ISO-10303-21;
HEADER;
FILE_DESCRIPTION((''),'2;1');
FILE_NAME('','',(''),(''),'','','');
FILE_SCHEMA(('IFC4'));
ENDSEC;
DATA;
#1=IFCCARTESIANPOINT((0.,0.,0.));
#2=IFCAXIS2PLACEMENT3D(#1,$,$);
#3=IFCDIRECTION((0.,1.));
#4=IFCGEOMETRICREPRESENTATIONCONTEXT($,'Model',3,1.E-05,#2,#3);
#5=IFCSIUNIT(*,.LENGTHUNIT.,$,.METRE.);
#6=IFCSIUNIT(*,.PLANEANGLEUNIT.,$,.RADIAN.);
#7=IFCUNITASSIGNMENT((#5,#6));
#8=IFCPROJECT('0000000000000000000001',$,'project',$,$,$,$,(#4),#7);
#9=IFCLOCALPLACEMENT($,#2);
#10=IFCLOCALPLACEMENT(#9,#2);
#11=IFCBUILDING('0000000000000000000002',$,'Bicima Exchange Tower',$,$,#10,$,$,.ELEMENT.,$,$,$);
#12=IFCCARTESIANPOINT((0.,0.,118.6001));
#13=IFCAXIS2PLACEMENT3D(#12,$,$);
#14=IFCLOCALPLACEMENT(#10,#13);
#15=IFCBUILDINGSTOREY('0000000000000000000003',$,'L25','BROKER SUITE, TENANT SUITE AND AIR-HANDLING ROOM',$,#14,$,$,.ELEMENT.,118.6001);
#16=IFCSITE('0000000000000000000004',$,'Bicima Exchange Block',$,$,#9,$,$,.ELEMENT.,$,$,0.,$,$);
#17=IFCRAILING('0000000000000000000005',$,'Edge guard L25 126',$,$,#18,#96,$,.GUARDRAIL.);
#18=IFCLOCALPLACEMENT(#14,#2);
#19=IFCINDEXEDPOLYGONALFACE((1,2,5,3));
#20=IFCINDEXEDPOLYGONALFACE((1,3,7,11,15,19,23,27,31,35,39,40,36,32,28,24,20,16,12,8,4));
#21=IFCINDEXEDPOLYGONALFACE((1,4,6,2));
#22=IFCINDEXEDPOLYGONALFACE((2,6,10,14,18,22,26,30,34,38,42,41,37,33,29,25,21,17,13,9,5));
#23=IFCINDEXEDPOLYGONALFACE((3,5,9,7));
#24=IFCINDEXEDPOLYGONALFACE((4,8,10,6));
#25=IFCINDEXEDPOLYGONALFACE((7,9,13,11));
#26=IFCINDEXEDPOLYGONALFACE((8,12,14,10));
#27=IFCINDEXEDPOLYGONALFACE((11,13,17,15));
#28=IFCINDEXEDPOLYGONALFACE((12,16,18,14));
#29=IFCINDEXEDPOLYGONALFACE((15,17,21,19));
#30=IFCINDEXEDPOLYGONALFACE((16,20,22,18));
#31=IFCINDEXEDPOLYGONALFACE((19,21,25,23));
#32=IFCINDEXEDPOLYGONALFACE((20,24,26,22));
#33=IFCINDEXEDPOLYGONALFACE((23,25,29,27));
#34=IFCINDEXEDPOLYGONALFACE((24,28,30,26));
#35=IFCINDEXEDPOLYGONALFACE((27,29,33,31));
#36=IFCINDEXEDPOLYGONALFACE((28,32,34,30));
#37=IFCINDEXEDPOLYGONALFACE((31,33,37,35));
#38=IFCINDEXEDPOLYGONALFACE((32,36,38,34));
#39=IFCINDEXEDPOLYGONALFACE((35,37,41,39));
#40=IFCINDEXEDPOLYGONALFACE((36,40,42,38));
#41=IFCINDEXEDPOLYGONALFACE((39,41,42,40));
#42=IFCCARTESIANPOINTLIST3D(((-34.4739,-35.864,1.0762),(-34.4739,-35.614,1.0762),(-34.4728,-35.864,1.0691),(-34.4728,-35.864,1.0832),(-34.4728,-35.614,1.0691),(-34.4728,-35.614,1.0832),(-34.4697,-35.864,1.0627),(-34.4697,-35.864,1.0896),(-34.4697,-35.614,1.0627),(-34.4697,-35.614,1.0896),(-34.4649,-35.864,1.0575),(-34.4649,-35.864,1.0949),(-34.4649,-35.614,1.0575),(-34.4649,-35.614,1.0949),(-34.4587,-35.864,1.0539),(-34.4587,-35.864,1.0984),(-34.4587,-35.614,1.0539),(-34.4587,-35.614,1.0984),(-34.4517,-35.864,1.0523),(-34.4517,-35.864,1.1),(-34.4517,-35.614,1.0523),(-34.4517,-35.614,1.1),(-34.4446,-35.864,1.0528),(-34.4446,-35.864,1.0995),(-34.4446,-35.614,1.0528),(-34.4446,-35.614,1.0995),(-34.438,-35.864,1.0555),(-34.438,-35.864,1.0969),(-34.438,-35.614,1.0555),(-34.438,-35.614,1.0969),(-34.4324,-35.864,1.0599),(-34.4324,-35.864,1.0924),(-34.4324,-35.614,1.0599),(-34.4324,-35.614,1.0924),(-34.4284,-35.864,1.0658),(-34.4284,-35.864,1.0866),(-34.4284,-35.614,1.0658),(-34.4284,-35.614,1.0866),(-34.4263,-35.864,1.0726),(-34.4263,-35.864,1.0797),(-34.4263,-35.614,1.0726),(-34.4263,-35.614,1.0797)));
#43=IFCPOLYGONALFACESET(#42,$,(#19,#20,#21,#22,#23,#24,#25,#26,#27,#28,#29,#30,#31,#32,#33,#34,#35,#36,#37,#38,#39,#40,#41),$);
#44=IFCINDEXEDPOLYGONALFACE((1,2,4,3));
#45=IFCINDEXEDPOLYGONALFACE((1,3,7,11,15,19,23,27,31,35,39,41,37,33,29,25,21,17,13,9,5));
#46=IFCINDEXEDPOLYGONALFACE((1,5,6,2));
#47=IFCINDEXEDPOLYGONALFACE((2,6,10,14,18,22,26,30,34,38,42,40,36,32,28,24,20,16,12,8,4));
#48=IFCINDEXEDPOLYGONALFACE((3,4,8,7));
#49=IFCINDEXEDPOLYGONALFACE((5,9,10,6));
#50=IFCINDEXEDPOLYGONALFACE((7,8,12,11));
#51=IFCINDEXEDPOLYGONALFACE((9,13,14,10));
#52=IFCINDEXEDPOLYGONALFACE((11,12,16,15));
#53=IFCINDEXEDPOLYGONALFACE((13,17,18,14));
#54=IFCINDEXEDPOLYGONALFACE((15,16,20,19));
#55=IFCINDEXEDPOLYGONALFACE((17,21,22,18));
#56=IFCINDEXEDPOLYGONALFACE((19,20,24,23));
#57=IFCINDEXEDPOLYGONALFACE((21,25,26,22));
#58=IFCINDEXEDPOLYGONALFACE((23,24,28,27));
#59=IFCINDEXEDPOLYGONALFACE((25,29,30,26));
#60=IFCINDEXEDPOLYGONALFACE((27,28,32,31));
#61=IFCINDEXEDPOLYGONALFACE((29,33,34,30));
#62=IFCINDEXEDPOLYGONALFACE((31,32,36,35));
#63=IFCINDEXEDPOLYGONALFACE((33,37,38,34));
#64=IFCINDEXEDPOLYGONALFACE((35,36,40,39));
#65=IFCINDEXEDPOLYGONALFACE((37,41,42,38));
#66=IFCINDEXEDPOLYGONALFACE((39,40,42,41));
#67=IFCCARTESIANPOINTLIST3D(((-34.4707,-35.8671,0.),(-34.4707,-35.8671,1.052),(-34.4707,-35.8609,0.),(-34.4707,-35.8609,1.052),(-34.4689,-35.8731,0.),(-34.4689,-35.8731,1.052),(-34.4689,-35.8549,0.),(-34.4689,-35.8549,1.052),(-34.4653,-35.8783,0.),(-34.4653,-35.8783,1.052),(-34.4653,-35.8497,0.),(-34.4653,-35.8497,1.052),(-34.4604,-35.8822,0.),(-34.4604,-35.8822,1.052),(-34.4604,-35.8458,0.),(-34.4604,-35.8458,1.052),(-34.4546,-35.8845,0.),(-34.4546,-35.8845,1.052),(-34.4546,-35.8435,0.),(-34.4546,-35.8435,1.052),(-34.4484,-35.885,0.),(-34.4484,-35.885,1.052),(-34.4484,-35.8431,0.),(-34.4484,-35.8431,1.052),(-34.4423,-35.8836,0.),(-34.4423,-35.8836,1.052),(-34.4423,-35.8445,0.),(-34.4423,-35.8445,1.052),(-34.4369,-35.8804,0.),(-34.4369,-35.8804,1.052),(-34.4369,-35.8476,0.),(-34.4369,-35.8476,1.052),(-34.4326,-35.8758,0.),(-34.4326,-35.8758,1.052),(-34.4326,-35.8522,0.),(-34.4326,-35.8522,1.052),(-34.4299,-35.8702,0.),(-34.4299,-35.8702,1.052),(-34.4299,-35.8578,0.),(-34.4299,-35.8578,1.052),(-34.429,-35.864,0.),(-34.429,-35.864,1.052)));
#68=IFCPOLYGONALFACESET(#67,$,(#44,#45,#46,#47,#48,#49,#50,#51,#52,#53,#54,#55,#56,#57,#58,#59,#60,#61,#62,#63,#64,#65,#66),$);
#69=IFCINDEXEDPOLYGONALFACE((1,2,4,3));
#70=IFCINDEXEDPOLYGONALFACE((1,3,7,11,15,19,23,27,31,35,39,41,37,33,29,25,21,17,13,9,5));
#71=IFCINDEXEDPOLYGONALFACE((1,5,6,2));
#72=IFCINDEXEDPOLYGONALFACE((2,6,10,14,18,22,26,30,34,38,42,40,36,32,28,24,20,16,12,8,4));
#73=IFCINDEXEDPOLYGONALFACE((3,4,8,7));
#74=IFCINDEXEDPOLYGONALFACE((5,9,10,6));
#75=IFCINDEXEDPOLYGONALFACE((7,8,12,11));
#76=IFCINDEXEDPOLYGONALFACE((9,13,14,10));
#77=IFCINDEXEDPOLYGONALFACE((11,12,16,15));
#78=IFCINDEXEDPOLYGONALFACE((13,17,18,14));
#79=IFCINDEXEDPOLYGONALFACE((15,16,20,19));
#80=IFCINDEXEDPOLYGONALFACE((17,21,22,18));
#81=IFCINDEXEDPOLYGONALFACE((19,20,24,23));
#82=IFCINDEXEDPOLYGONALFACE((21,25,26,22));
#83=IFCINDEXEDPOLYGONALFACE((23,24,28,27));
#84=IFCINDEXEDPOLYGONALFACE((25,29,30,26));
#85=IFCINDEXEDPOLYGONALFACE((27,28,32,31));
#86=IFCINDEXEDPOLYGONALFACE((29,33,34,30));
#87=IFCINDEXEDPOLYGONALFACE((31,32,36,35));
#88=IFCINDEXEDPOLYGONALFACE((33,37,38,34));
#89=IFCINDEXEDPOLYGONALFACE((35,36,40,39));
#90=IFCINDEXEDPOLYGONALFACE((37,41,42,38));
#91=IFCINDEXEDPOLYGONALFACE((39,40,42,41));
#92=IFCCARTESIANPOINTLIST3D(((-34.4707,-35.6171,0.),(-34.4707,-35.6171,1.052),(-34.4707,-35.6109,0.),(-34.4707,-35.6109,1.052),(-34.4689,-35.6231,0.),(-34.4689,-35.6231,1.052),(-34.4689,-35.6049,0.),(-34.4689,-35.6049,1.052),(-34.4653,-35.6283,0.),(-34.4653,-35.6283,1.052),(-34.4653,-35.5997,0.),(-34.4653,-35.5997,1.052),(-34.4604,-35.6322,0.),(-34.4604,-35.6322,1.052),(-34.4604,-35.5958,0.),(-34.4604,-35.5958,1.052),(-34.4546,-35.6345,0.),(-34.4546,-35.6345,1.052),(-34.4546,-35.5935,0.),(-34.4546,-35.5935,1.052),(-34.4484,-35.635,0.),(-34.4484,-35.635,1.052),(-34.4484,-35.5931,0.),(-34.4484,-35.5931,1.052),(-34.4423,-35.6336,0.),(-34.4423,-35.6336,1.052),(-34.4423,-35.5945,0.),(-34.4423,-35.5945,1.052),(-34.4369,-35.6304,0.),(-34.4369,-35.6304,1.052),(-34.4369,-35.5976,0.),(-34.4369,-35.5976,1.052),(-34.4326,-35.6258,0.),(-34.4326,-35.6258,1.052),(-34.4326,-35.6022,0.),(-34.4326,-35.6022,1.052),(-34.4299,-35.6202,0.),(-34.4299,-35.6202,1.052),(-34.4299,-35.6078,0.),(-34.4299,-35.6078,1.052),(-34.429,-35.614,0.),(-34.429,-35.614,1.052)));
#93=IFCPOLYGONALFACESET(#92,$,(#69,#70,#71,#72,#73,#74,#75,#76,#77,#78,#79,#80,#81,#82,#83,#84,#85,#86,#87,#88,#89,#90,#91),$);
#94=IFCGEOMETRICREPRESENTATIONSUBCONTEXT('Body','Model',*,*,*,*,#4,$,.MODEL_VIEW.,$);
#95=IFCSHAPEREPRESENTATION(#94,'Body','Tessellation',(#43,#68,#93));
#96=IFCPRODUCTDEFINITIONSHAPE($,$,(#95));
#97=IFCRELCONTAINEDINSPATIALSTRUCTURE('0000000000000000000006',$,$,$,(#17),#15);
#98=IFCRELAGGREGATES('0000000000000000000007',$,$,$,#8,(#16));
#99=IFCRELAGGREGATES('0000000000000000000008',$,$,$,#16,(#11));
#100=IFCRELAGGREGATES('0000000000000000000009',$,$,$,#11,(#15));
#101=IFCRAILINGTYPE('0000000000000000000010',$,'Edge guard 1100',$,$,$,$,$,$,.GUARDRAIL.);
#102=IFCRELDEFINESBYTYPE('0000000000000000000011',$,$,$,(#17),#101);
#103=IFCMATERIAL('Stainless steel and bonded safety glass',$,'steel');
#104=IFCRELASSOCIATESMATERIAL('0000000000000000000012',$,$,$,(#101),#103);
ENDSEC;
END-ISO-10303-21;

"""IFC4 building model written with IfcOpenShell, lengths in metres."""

from ifc_helpers import new_model, si_unit, direction, frame, origin, origin_2d, place, context, subcontext, project, spatial, circle, extrude, material, type_object, element, save


model = new_model("IFC4")

# Units and contexts
model_context = context("Model", 3, precision=1e-05, world=origin(), true_north=direction((0.0, 1.0)))
body_context = subcontext(model_context, "Body", "Model", "MODEL_VIEW")
ifc_project = project(units=[si_unit("LENGTHUNIT", "METRE"), si_unit("PLANEANGLEUNIT", "RADIAN")], contexts=[model_context])

# Site, building, storey
site_placement = place(None, origin())
site = spatial("IfcSite", under=ifc_project, at=site_placement, Name="Bicima Exchange Block", CompositionType="ELEMENT", RefElevation=0.0)
building_placement = place(site_placement, origin())
building = spatial("IfcBuilding", under=site, at=building_placement, Name="Bicima Exchange Tower", CompositionType="ELEMENT")
storey_placement = place(building_placement, frame((0.0, 0.0, 118.6001)))
storey = spatial("IfcBuildingStorey", under=building, at=storey_placement, Name="L25", Description="BROKER SUITE, TENANT SUITE AND AIR-HANDLING ROOM", CompositionType="ELEMENT", Elevation=118.6001)

# Railing
ifc_material_1 = material(Name="Stainless steel and bonded safety glass", Category="steel")
railing_type = type_object("IfcRailingType", Name="Edge guard 1100", PredefinedType="GUARDRAIL", material=ifc_material_1)
railing_1_placement = place(storey_placement, frame((-34.45, -35.864, 0.0)))
element("IfcRailing", 1, at=railing_1_placement, inside=storey, type_object=railing_type, Name="Edge guard L25 126", PredefinedType="GUARDRAIL", context=body_context, shape_type="SweptSolid", body=[
    extrude(circle(Radius=0.0239, at=origin_2d()), frame((0.0, 0.0, 1.0762), z_axis=(0.0, 1.0, 0.0), x_axis=(-1.0, 0.0, 0.0)), (0.0, 0.0, 1.0), 0.25),
    extrude(circle(Radius=0.021, at=origin_2d()), origin(), (0.0, 0.0, 1.0), 1.052),
    extrude(circle(Radius=0.021, at=origin_2d()), frame((0.0, 0.25, 0.0)), (0.0, 0.0, 1.0), 1.052),
])

save(model, "model.ifc")
